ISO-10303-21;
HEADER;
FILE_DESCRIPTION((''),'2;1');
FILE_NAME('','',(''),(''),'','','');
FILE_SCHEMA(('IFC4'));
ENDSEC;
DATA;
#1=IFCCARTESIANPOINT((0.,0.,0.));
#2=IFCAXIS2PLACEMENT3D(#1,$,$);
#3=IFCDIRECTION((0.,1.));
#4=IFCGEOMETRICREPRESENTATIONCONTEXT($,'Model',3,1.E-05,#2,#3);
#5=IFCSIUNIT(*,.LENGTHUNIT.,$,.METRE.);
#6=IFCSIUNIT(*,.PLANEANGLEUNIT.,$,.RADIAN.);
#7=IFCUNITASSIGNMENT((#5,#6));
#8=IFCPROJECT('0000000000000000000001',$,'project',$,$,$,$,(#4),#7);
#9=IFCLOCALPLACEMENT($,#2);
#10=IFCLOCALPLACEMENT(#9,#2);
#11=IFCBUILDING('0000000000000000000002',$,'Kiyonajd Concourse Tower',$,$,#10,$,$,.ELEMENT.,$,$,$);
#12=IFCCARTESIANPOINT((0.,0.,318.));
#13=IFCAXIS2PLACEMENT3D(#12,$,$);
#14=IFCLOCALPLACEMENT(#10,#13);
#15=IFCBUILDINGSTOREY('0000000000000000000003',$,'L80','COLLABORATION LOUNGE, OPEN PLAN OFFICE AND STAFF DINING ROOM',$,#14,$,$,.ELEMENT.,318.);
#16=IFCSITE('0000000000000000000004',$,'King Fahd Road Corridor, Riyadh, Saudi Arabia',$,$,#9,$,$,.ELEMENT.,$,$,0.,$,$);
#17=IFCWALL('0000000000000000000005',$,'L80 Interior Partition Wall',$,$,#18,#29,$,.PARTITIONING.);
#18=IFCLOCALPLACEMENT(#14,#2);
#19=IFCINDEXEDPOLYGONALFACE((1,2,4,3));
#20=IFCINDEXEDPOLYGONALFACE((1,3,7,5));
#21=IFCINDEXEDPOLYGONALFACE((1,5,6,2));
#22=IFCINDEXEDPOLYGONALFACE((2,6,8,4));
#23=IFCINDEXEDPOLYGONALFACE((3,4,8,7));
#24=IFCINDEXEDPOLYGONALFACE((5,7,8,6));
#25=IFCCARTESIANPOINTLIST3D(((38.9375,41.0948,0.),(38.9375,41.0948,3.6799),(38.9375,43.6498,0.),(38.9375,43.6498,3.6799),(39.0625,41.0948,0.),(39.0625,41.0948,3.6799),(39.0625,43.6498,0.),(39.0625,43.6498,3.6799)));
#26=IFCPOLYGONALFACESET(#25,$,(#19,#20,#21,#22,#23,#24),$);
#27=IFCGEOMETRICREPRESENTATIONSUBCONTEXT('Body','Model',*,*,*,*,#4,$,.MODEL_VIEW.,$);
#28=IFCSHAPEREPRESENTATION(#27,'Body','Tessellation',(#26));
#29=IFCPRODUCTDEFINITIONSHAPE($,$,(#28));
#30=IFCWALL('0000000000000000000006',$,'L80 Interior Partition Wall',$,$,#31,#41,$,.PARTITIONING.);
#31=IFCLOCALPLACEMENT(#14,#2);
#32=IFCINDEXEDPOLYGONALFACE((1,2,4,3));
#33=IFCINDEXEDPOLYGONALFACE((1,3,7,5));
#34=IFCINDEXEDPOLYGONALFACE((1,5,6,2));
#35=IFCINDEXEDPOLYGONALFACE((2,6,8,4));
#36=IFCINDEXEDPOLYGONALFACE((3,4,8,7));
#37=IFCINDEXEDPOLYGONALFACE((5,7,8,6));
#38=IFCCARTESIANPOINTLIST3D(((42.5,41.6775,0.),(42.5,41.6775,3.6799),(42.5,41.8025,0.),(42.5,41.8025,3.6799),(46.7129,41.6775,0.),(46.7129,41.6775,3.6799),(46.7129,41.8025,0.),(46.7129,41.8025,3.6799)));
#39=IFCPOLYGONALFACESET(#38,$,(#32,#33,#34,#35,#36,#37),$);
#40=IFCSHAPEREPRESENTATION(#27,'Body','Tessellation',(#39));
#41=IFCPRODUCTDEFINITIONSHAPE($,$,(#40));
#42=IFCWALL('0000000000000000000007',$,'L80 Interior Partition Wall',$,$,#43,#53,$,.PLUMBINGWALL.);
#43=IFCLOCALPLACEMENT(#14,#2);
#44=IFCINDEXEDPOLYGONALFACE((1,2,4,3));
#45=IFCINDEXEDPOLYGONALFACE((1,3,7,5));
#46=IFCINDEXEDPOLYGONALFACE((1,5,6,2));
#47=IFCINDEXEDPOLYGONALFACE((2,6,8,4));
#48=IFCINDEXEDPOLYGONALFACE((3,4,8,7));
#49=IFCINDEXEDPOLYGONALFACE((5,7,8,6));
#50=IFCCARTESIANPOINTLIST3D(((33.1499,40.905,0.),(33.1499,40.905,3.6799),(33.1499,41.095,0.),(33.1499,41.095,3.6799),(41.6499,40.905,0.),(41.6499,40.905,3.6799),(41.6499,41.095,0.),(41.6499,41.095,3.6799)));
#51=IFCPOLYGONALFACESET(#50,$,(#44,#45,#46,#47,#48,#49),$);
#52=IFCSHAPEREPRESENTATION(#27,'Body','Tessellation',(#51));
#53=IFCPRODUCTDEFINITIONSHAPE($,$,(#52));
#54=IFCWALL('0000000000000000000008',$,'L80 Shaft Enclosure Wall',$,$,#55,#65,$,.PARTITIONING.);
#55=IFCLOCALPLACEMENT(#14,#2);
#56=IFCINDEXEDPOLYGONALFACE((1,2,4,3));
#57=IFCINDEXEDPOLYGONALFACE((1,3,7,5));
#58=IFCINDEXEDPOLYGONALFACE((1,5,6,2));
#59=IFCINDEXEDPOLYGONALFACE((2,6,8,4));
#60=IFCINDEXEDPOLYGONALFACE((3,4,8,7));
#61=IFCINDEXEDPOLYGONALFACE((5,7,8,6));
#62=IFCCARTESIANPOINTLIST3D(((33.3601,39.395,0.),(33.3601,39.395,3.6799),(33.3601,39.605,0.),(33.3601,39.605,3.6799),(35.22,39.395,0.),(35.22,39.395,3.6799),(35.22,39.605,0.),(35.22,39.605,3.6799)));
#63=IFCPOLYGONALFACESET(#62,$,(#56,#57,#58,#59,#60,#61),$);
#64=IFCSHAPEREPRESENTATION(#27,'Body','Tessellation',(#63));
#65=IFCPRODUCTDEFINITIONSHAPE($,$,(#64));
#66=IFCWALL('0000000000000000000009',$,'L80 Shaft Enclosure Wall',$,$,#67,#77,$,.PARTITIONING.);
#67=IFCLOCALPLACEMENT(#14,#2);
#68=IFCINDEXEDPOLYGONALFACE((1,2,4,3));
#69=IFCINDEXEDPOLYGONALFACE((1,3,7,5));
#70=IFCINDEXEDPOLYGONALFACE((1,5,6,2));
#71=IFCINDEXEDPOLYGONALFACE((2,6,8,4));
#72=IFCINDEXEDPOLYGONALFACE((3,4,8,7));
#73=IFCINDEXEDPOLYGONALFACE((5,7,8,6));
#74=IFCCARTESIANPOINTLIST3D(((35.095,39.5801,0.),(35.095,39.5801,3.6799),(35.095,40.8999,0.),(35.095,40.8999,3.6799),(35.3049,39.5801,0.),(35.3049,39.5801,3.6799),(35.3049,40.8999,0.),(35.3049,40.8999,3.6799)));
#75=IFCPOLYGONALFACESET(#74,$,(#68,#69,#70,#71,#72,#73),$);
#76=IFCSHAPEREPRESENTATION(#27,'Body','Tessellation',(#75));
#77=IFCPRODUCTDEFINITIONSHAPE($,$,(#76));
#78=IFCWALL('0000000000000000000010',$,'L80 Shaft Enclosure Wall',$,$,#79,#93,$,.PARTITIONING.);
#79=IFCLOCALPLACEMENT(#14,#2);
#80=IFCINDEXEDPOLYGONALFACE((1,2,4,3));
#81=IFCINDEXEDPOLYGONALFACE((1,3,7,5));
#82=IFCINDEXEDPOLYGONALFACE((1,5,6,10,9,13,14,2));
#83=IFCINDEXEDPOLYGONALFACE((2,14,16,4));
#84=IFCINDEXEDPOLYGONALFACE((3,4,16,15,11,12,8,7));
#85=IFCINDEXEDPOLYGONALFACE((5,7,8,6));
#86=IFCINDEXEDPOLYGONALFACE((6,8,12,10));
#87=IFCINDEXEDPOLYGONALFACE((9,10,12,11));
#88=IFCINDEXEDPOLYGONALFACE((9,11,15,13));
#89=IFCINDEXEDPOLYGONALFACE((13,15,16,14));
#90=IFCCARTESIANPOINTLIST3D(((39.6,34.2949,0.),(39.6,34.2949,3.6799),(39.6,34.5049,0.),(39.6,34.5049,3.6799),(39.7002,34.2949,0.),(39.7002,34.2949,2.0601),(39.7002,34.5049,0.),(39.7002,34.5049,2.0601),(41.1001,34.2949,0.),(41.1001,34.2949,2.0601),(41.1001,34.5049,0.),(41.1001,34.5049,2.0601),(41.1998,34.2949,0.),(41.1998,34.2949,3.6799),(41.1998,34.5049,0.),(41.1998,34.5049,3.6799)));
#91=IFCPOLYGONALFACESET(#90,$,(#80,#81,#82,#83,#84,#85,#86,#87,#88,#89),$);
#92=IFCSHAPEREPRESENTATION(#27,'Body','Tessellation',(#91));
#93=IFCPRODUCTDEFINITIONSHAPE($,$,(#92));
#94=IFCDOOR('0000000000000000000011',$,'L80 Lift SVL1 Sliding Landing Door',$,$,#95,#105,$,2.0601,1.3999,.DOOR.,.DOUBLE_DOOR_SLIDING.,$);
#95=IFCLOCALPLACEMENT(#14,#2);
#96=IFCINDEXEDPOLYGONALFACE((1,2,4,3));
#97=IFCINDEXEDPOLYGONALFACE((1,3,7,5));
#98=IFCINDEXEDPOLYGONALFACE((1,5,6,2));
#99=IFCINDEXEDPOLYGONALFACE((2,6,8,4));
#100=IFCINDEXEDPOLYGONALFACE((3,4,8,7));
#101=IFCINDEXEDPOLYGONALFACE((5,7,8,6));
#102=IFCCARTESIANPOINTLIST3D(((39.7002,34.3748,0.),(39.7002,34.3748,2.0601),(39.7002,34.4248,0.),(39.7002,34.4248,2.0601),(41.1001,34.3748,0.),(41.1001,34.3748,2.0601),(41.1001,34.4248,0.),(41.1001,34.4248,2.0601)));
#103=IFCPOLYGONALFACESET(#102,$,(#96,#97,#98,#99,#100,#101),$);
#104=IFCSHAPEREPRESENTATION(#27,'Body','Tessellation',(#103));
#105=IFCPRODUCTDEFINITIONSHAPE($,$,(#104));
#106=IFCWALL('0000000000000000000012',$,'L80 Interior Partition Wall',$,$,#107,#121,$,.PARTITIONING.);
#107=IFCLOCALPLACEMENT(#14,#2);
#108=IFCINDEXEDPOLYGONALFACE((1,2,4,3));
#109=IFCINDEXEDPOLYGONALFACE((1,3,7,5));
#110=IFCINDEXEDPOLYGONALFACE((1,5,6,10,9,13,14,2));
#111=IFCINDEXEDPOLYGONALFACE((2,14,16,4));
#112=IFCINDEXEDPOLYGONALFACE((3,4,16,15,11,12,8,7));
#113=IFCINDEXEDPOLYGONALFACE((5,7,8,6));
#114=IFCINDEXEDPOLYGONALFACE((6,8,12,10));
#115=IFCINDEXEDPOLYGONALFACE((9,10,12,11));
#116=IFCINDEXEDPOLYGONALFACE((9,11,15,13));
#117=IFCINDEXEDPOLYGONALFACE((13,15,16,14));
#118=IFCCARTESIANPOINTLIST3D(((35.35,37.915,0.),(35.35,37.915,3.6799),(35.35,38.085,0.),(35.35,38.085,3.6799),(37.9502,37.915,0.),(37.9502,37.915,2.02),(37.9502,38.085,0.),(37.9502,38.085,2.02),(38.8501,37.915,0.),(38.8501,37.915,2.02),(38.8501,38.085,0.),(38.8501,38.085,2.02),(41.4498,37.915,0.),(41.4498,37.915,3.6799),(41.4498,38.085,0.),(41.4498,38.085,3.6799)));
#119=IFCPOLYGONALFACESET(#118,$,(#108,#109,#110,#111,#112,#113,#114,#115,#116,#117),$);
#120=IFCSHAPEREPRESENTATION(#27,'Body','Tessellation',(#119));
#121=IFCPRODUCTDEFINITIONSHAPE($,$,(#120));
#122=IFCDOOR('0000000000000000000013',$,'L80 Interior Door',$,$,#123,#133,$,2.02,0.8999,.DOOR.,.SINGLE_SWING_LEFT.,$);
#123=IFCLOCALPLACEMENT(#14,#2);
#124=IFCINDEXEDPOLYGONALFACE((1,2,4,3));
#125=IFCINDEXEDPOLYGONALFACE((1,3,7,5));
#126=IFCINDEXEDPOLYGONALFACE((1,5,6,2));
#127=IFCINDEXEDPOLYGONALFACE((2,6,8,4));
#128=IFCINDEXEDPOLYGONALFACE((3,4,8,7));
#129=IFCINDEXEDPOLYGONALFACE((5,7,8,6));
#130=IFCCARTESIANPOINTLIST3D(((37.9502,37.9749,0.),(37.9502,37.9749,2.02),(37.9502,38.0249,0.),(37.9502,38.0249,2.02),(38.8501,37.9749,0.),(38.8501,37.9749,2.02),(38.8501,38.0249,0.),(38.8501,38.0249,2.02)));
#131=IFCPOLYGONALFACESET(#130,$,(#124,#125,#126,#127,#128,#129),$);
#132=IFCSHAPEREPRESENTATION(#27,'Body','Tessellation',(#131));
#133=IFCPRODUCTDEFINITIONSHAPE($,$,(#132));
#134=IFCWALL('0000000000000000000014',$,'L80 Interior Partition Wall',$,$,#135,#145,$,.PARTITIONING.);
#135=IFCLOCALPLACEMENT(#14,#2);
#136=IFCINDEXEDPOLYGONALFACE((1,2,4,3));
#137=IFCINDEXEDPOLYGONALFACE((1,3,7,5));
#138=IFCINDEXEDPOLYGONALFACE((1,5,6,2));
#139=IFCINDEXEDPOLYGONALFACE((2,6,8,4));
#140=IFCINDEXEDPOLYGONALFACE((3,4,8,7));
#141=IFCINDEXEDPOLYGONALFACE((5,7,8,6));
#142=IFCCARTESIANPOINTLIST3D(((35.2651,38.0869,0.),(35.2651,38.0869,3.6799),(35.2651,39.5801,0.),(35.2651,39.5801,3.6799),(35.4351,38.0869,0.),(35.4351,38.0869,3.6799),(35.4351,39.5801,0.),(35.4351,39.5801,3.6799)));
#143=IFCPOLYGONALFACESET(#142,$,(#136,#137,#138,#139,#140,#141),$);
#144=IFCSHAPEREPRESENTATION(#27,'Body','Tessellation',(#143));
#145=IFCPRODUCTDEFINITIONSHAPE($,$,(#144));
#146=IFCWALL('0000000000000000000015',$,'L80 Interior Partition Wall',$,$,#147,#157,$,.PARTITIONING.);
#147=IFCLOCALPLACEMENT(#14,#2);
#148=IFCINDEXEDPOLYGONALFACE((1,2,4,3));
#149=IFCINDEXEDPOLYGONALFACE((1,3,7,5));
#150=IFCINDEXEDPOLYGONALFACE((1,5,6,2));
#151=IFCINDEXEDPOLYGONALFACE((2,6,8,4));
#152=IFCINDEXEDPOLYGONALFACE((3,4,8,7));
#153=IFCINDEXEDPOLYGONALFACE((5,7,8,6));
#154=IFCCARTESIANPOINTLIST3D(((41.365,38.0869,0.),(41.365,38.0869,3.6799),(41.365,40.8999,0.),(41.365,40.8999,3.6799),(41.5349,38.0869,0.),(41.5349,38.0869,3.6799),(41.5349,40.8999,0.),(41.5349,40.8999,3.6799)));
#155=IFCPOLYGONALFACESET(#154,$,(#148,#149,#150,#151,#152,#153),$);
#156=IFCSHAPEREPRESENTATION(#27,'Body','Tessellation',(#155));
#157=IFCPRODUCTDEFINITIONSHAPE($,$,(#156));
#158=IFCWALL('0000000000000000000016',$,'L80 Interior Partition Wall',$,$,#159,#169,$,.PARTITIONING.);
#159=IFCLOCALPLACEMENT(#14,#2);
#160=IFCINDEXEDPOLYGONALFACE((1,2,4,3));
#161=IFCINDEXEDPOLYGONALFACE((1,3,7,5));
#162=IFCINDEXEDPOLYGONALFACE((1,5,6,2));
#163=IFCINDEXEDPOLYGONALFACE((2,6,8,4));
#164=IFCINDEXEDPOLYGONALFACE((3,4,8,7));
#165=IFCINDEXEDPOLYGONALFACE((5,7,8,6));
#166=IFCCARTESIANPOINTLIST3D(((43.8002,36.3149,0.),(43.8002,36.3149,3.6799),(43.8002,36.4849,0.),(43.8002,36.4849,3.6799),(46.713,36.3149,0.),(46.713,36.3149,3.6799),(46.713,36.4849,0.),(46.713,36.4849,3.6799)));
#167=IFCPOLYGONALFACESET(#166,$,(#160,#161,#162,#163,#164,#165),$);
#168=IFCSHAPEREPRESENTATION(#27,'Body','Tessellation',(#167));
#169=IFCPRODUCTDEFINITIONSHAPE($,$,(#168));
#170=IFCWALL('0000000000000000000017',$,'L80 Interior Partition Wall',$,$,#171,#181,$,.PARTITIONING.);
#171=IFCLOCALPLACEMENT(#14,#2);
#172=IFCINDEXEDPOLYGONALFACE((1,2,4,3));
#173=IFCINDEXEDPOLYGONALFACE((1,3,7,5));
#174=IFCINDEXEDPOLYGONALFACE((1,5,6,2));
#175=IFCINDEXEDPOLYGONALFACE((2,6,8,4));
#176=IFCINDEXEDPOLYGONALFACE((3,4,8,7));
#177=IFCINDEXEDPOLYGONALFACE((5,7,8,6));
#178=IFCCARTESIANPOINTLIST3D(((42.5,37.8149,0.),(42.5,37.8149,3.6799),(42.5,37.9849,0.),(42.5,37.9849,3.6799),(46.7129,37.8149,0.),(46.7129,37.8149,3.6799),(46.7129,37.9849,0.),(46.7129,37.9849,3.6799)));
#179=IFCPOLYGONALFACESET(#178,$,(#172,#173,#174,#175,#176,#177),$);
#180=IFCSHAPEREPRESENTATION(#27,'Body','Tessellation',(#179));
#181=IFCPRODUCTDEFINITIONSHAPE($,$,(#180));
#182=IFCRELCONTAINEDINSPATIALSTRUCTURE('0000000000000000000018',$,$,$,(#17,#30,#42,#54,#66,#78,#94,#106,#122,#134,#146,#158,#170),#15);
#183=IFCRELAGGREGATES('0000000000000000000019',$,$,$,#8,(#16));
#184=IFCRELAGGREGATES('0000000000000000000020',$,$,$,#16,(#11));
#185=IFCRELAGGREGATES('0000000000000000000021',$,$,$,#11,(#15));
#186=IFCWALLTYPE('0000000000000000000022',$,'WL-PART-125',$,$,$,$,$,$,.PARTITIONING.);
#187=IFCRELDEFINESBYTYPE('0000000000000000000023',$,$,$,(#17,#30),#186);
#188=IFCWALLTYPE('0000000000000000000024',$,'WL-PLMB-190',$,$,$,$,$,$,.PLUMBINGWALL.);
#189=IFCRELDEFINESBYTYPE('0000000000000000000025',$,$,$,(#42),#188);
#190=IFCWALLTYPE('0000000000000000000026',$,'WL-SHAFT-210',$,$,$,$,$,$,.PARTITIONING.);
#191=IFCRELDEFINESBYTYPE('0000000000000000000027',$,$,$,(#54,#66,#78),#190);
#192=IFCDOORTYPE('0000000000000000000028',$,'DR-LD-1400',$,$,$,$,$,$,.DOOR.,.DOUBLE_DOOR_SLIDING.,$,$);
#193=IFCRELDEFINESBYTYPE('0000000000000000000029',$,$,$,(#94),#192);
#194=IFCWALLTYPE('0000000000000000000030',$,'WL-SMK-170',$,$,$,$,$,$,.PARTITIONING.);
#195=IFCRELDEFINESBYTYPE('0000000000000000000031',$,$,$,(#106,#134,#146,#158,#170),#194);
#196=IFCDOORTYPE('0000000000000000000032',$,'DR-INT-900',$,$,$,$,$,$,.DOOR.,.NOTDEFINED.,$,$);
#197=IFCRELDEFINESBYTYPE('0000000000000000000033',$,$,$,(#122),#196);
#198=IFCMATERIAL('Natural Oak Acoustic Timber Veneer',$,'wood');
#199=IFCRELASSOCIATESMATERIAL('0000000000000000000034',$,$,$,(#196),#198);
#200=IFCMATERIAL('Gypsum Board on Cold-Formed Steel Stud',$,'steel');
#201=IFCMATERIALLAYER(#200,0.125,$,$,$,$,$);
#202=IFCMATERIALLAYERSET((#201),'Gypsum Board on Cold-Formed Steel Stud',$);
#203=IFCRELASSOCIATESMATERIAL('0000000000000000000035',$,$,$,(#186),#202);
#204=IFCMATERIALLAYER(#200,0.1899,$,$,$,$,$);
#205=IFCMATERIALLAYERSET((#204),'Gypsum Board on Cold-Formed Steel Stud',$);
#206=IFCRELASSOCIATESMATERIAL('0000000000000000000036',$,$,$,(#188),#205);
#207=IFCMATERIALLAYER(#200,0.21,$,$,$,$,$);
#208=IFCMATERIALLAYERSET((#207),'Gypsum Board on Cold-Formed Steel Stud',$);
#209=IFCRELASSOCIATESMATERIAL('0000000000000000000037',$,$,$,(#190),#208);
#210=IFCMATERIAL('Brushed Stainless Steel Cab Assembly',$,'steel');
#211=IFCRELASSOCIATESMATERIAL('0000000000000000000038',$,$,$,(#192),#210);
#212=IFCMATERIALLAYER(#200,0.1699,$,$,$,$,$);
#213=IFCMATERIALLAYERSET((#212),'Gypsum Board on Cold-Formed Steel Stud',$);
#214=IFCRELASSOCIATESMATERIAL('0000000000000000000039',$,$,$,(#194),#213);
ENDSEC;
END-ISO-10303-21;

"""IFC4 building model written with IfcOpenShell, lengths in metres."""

from ifc_helpers import new_model, si_unit, direction, frame, frame_2d, origin, place, context, subcontext, project, spatial, rectangle, extrude, material, layer, layer_set, type_object, element, fill, save


model = new_model("IFC4")

# Units and contexts
model_context = context("Model", 3, precision=1e-05, world=origin(), true_north=direction((0.0, 1.0)))
body_context = subcontext(model_context, "Body", "Model", "MODEL_VIEW")
ifc_project = project(units=[si_unit("LENGTHUNIT", "METRE"), si_unit("PLANEANGLEUNIT", "RADIAN")], contexts=[model_context])

# Site, building, storey
site_placement = place(None, origin())
site = spatial("IfcSite", under=ifc_project, at=site_placement, Name="King Fahd Road Corridor, Riyadh, Saudi Arabia", CompositionType="ELEMENT", RefElevation=0.0)
building_placement = place(site_placement, origin())
building = spatial("IfcBuilding", under=site, at=building_placement, Name="Kiyonajd Concourse Tower", CompositionType="ELEMENT")
storey_placement = place(building_placement, frame((0.0, 0.0, 318.0)))
storey = spatial("IfcBuildingStorey", under=building, at=storey_placement, Name="L80", Description="COLLABORATION LOUNGE, OPEN PLAN OFFICE AND STAFF DINING ROOM", CompositionType="ELEMENT", Elevation=318.0)

# Shared definitions
ifc_material_1 = material(Name="Natural Oak Acoustic Timber Veneer", Category="wood")
door_type_1 = type_object("IfcDoorType", Name="DR-INT-900", OperationType="NOTDEFINED", PredefinedType="DOOR", material=ifc_material_1)

# Walls
ifc_material_2 = material(Name="Gypsum Board on Cold-Formed Steel Stud", Category="steel")
ifc_layer_1 = layer(ifc_material_2, 0.125)
ifc_layer_set_1 = layer_set([ifc_layer_1], Name="Gypsum Board on Cold-Formed Steel Stud")
wall_type_1 = type_object("IfcWallType", Name="WL-PART-125", PredefinedType="PARTITIONING", material=ifc_layer_set_1)
for number, where, z_axis, x_axis, name in (
    (1, (39.0, 41.095, 0.0), (0.0, 0.0, 1.0), (0.0, 1.0, 0.0), "L80 Interior Partition Wall"),
):
    element("IfcWall", number, at=place(storey_placement, frame(where, z_axis=z_axis, x_axis=x_axis)), inside=storey, type_object=wall_type_1, Name=name, PredefinedType="PARTITIONING", context=body_context, shape_type="SweptSolid", body=[
        extrude(rectangle(XDim=2.5549, YDim=0.125, at=frame_2d((1.2773, 0.0))), origin(), (0.0, 0.0, 1.0), 3.6799),
    ])
wall_1_placement = place(storey_placement, frame((42.5, 41.74, 0.0), z_axis=(0.0, 0.0, 1.0), x_axis=(1.0, 0.0, 0.0)))
element("IfcWall", 2, at=wall_1_placement, inside=storey, type_object=wall_type_1, Name="L80 Interior Partition Wall", PredefinedType="PARTITIONING", context=body_context, shape_type="SweptSolid", body=[
    extrude(rectangle(XDim=4.2129, YDim=0.125, at=frame_2d((2.1064, 0.0))), origin(), (0.0, 0.0, 1.0), 3.6799),
])
ifc_layer_2 = layer(ifc_material_2, 0.1899)
ifc_layer_set_2 = layer_set([ifc_layer_2], Name="Gypsum Board on Cold-Formed Steel Stud")
wall_type_2 = type_object("IfcWallType", Name="WL-PLMB-190", PredefinedType="PLUMBINGWALL", material=ifc_layer_set_2)
wall_2_placement = place(storey_placement, frame((33.1499, 41.0, 0.0), z_axis=(0.0, 0.0, 1.0), x_axis=(1.0, 0.0, 0.0)))
element("IfcWall", 3, at=wall_2_placement, inside=storey, type_object=wall_type_2, Name="L80 Interior Partition Wall", PredefinedType="PLUMBINGWALL", context=body_context, shape_type="SweptSolid", body=[
    extrude(rectangle(XDim=8.5, YDim=0.1899, at=frame_2d((4.25, 0.0))), origin(), (0.0, 0.0, 1.0), 3.6799),
])
ifc_layer_3 = layer(ifc_material_2, 0.21)
ifc_layer_set_3 = layer_set([ifc_layer_3], Name="Gypsum Board on Cold-Formed Steel Stud")
wall_type_3 = type_object("IfcWallType", Name="WL-SHAFT-210", PredefinedType="PARTITIONING", material=ifc_layer_set_3)
wall_3_placement = place(storey_placement, frame((33.3601, 39.5, 0.0), z_axis=(0.0, 0.0, 1.0), x_axis=(1.0, 0.0, 0.0)))
element("IfcWall", 4, at=wall_3_placement, inside=storey, type_object=wall_type_3, Name="L80 Shaft Enclosure Wall", PredefinedType="PARTITIONING", context=body_context, shape_type="SweptSolid", body=[
    extrude(rectangle(XDim=1.8599, YDim=0.21, at=frame_2d((0.9299, 0.0))), origin(), (0.0, 0.0, 1.0), 3.6799),
])
wall_4_placement = place(storey_placement, frame((35.2, 39.5801, 0.0), z_axis=(0.0, 0.0, 1.0), x_axis=(0.0, 1.0, 0.0)))
element("IfcWall", 5, at=wall_4_placement, inside=storey, type_object=wall_type_3, Name="L80 Shaft Enclosure Wall", PredefinedType="PARTITIONING", context=body_context, shape_type="SweptSolid", body=[
    extrude(rectangle(XDim=1.3198, YDim=0.21, at=frame_2d((0.6599, 0.0))), origin(), (0.0, 0.0, 1.0), 3.6799),
])

# Walls, openings, doors
wall_5_placement = place(storey_placement, frame((39.6001, 34.3999, 0.0), z_axis=(0.0, 0.0, 1.0), x_axis=(1.0, 0.0, 0.0)))
wall_5 = element("IfcWall", 6, at=wall_5_placement, inside=storey, type_object=wall_type_3, Name="L80 Shaft Enclosure Wall", PredefinedType="PARTITIONING", context=body_context, shape_type="SweptSolid", body=[
    extrude(rectangle(XDim=1.5999, YDim=0.21, at=frame_2d((0.7998, 0.0))), origin(), (0.0, 0.0, 1.0), 3.6799),
])
opening_1_placement = place(wall_5_placement, frame((0.1001, 0.0, 0.0)))
opening_1 = element("IfcOpeningElement", 7, at=opening_1_placement, cuts=wall_5, PredefinedType="OPENING", context=body_context, shape_type="SweptSolid", body=[
    extrude(rectangle(XDim=1.3999, YDim=2.0601, at=frame_2d((0.7, 1.03))), frame((0.0, 0.115, 0.0), z_axis=(0.0, -1.0, 0.0), x_axis=(1.0, 0.0, 0.0)), (0.0, 0.0, 1.0), 0.23),
])
ifc_material_3 = material(Name="Brushed Stainless Steel Cab Assembly", Category="steel")
door_type_2 = type_object("IfcDoorType", Name="DR-LD-1400", OperationType="DOUBLE_DOOR_SLIDING", PredefinedType="DOOR", material=ifc_material_3)
door_1_placement = place(opening_1_placement, origin())
door_1 = element("IfcDoor", 8, at=door_1_placement, inside=storey, type_object=door_type_2, Name="L80 Lift SVL1 Sliding Landing Door", OperationType="DOUBLE_DOOR_SLIDING", OverallHeight=2.0601, OverallWidth=1.3999, PredefinedType="DOOR", context=body_context, shape_type="SweptSolid", body=[
    extrude(rectangle(XDim=1.3999, YDim=2.0601, at=frame_2d((0.7, 1.03))), frame((0.0, 0.0249, 0.0), z_axis=(0.0, -1.0, 0.0), x_axis=(1.0, 0.0, 0.0)), (0.0, 0.0, 1.0), 0.05),
])
fill(opening_1, door_1)
ifc_layer_4 = layer(ifc_material_2, 0.1699)
ifc_layer_set_4 = layer_set([ifc_layer_4], Name="Gypsum Board on Cold-Formed Steel Stud")
wall_type_4 = type_object("IfcWallType", Name="WL-SMK-170", PredefinedType="PARTITIONING", material=ifc_layer_set_4)
wall_6_placement = place(storey_placement, frame((35.3501, 38.0, 0.0), z_axis=(0.0, 0.0, 1.0), x_axis=(1.0, 0.0, 0.0)))
wall_6 = element("IfcWall", 9, at=wall_6_placement, inside=storey, type_object=wall_type_4, Name="L80 Interior Partition Wall", PredefinedType="PARTITIONING", context=body_context, shape_type="SweptSolid", body=[
    extrude(rectangle(XDim=6.0999, YDim=0.1699, at=frame_2d((3.0498, 0.0))), origin(), (0.0, 0.0, 1.0), 3.6799),
])
opening_2_placement = place(wall_6_placement, frame((2.6001, 0.0, 0.0)))
opening_2 = element("IfcOpeningElement", 10, at=opening_2_placement, cuts=wall_6, PredefinedType="OPENING", context=body_context, shape_type="SweptSolid", body=[
    extrude(rectangle(XDim=0.8999, YDim=2.02, at=frame_2d((0.45, 1.01))), frame((0.0, 0.095, 0.0), z_axis=(0.0, -1.0, 0.0), x_axis=(1.0, 0.0, 0.0)), (0.0, 0.0, 1.0), 0.1899),
])
door_2_placement = place(opening_2_placement, origin())
door_2 = element("IfcDoor", 11, at=door_2_placement, inside=storey, type_object=door_type_1, Name="L80 Interior Door", OperationType="SINGLE_SWING_LEFT", OverallHeight=2.02, OverallWidth=0.8999, PredefinedType="DOOR", context=body_context, shape_type="SweptSolid", body=[
    extrude(rectangle(XDim=0.8999, YDim=2.02, at=frame_2d((0.45, 1.01))), frame((0.0, 0.0249, 0.0), z_axis=(0.0, -1.0, 0.0), x_axis=(1.0, 0.0, 0.0)), (0.0, 0.0, 1.0), 0.05),
])
fill(opening_2, door_2)

# Walls
wall_7_placement = place(storey_placement, frame((35.3501, 38.0869, 0.0), z_axis=(0.0, 0.0, 1.0), x_axis=(0.0, 1.0, 0.0)))
element("IfcWall", 12, at=wall_7_placement, inside=storey, type_object=wall_type_4, Name="L80 Interior Partition Wall", PredefinedType="PARTITIONING", context=body_context, shape_type="SweptSolid", body=[
    extrude(rectangle(XDim=1.4932, YDim=0.1699, at=frame_2d((0.7466, 0.0))), origin(), (0.0, 0.0, 1.0), 3.6799),
])
wall_8_placement = place(storey_placement, frame((41.45, 38.0869, 0.0), z_axis=(0.0, 0.0, 1.0), x_axis=(0.0, 1.0, 0.0)))
element("IfcWall", 13, at=wall_8_placement, inside=storey, type_object=wall_type_4, Name="L80 Interior Partition Wall", PredefinedType="PARTITIONING", context=body_context, shape_type="SweptSolid", body=[
    extrude(rectangle(XDim=2.813, YDim=0.1699, at=frame_2d((1.4065, 0.0))), origin(), (0.0, 0.0, 1.0), 3.6799),
])
wall_9_placement = place(storey_placement, frame((43.8, 36.3999, 0.0), z_axis=(0.0, 0.0, 1.0), x_axis=(1.0, 0.0, 0.0)))
element("IfcWall", 14, at=wall_9_placement, inside=storey, type_object=wall_type_4, Name="L80 Interior Partition Wall", PredefinedType="PARTITIONING", context=body_context, shape_type="SweptSolid", body=[
    extrude(rectangle(XDim=2.9128, YDim=0.1699, at=frame_2d((1.4565, 0.0))), origin(), (0.0, 0.0, 1.0), 3.6799),
])
wall_10_placement = place(storey_placement, frame((42.5, 37.8999, 0.0), z_axis=(0.0, 0.0, 1.0), x_axis=(1.0, 0.0, 0.0)))
element("IfcWall", 15, at=wall_10_placement, inside=storey, type_object=wall_type_4, Name="L80 Interior Partition Wall", PredefinedType="PARTITIONING", context=body_context, shape_type="SweptSolid", body=[
    extrude(rectangle(XDim=4.2129, YDim=0.1699, at=frame_2d((2.1064, 0.0))), origin(), (0.0, 0.0, 1.0), 3.6799),
])

save(model, "model.ifc")
